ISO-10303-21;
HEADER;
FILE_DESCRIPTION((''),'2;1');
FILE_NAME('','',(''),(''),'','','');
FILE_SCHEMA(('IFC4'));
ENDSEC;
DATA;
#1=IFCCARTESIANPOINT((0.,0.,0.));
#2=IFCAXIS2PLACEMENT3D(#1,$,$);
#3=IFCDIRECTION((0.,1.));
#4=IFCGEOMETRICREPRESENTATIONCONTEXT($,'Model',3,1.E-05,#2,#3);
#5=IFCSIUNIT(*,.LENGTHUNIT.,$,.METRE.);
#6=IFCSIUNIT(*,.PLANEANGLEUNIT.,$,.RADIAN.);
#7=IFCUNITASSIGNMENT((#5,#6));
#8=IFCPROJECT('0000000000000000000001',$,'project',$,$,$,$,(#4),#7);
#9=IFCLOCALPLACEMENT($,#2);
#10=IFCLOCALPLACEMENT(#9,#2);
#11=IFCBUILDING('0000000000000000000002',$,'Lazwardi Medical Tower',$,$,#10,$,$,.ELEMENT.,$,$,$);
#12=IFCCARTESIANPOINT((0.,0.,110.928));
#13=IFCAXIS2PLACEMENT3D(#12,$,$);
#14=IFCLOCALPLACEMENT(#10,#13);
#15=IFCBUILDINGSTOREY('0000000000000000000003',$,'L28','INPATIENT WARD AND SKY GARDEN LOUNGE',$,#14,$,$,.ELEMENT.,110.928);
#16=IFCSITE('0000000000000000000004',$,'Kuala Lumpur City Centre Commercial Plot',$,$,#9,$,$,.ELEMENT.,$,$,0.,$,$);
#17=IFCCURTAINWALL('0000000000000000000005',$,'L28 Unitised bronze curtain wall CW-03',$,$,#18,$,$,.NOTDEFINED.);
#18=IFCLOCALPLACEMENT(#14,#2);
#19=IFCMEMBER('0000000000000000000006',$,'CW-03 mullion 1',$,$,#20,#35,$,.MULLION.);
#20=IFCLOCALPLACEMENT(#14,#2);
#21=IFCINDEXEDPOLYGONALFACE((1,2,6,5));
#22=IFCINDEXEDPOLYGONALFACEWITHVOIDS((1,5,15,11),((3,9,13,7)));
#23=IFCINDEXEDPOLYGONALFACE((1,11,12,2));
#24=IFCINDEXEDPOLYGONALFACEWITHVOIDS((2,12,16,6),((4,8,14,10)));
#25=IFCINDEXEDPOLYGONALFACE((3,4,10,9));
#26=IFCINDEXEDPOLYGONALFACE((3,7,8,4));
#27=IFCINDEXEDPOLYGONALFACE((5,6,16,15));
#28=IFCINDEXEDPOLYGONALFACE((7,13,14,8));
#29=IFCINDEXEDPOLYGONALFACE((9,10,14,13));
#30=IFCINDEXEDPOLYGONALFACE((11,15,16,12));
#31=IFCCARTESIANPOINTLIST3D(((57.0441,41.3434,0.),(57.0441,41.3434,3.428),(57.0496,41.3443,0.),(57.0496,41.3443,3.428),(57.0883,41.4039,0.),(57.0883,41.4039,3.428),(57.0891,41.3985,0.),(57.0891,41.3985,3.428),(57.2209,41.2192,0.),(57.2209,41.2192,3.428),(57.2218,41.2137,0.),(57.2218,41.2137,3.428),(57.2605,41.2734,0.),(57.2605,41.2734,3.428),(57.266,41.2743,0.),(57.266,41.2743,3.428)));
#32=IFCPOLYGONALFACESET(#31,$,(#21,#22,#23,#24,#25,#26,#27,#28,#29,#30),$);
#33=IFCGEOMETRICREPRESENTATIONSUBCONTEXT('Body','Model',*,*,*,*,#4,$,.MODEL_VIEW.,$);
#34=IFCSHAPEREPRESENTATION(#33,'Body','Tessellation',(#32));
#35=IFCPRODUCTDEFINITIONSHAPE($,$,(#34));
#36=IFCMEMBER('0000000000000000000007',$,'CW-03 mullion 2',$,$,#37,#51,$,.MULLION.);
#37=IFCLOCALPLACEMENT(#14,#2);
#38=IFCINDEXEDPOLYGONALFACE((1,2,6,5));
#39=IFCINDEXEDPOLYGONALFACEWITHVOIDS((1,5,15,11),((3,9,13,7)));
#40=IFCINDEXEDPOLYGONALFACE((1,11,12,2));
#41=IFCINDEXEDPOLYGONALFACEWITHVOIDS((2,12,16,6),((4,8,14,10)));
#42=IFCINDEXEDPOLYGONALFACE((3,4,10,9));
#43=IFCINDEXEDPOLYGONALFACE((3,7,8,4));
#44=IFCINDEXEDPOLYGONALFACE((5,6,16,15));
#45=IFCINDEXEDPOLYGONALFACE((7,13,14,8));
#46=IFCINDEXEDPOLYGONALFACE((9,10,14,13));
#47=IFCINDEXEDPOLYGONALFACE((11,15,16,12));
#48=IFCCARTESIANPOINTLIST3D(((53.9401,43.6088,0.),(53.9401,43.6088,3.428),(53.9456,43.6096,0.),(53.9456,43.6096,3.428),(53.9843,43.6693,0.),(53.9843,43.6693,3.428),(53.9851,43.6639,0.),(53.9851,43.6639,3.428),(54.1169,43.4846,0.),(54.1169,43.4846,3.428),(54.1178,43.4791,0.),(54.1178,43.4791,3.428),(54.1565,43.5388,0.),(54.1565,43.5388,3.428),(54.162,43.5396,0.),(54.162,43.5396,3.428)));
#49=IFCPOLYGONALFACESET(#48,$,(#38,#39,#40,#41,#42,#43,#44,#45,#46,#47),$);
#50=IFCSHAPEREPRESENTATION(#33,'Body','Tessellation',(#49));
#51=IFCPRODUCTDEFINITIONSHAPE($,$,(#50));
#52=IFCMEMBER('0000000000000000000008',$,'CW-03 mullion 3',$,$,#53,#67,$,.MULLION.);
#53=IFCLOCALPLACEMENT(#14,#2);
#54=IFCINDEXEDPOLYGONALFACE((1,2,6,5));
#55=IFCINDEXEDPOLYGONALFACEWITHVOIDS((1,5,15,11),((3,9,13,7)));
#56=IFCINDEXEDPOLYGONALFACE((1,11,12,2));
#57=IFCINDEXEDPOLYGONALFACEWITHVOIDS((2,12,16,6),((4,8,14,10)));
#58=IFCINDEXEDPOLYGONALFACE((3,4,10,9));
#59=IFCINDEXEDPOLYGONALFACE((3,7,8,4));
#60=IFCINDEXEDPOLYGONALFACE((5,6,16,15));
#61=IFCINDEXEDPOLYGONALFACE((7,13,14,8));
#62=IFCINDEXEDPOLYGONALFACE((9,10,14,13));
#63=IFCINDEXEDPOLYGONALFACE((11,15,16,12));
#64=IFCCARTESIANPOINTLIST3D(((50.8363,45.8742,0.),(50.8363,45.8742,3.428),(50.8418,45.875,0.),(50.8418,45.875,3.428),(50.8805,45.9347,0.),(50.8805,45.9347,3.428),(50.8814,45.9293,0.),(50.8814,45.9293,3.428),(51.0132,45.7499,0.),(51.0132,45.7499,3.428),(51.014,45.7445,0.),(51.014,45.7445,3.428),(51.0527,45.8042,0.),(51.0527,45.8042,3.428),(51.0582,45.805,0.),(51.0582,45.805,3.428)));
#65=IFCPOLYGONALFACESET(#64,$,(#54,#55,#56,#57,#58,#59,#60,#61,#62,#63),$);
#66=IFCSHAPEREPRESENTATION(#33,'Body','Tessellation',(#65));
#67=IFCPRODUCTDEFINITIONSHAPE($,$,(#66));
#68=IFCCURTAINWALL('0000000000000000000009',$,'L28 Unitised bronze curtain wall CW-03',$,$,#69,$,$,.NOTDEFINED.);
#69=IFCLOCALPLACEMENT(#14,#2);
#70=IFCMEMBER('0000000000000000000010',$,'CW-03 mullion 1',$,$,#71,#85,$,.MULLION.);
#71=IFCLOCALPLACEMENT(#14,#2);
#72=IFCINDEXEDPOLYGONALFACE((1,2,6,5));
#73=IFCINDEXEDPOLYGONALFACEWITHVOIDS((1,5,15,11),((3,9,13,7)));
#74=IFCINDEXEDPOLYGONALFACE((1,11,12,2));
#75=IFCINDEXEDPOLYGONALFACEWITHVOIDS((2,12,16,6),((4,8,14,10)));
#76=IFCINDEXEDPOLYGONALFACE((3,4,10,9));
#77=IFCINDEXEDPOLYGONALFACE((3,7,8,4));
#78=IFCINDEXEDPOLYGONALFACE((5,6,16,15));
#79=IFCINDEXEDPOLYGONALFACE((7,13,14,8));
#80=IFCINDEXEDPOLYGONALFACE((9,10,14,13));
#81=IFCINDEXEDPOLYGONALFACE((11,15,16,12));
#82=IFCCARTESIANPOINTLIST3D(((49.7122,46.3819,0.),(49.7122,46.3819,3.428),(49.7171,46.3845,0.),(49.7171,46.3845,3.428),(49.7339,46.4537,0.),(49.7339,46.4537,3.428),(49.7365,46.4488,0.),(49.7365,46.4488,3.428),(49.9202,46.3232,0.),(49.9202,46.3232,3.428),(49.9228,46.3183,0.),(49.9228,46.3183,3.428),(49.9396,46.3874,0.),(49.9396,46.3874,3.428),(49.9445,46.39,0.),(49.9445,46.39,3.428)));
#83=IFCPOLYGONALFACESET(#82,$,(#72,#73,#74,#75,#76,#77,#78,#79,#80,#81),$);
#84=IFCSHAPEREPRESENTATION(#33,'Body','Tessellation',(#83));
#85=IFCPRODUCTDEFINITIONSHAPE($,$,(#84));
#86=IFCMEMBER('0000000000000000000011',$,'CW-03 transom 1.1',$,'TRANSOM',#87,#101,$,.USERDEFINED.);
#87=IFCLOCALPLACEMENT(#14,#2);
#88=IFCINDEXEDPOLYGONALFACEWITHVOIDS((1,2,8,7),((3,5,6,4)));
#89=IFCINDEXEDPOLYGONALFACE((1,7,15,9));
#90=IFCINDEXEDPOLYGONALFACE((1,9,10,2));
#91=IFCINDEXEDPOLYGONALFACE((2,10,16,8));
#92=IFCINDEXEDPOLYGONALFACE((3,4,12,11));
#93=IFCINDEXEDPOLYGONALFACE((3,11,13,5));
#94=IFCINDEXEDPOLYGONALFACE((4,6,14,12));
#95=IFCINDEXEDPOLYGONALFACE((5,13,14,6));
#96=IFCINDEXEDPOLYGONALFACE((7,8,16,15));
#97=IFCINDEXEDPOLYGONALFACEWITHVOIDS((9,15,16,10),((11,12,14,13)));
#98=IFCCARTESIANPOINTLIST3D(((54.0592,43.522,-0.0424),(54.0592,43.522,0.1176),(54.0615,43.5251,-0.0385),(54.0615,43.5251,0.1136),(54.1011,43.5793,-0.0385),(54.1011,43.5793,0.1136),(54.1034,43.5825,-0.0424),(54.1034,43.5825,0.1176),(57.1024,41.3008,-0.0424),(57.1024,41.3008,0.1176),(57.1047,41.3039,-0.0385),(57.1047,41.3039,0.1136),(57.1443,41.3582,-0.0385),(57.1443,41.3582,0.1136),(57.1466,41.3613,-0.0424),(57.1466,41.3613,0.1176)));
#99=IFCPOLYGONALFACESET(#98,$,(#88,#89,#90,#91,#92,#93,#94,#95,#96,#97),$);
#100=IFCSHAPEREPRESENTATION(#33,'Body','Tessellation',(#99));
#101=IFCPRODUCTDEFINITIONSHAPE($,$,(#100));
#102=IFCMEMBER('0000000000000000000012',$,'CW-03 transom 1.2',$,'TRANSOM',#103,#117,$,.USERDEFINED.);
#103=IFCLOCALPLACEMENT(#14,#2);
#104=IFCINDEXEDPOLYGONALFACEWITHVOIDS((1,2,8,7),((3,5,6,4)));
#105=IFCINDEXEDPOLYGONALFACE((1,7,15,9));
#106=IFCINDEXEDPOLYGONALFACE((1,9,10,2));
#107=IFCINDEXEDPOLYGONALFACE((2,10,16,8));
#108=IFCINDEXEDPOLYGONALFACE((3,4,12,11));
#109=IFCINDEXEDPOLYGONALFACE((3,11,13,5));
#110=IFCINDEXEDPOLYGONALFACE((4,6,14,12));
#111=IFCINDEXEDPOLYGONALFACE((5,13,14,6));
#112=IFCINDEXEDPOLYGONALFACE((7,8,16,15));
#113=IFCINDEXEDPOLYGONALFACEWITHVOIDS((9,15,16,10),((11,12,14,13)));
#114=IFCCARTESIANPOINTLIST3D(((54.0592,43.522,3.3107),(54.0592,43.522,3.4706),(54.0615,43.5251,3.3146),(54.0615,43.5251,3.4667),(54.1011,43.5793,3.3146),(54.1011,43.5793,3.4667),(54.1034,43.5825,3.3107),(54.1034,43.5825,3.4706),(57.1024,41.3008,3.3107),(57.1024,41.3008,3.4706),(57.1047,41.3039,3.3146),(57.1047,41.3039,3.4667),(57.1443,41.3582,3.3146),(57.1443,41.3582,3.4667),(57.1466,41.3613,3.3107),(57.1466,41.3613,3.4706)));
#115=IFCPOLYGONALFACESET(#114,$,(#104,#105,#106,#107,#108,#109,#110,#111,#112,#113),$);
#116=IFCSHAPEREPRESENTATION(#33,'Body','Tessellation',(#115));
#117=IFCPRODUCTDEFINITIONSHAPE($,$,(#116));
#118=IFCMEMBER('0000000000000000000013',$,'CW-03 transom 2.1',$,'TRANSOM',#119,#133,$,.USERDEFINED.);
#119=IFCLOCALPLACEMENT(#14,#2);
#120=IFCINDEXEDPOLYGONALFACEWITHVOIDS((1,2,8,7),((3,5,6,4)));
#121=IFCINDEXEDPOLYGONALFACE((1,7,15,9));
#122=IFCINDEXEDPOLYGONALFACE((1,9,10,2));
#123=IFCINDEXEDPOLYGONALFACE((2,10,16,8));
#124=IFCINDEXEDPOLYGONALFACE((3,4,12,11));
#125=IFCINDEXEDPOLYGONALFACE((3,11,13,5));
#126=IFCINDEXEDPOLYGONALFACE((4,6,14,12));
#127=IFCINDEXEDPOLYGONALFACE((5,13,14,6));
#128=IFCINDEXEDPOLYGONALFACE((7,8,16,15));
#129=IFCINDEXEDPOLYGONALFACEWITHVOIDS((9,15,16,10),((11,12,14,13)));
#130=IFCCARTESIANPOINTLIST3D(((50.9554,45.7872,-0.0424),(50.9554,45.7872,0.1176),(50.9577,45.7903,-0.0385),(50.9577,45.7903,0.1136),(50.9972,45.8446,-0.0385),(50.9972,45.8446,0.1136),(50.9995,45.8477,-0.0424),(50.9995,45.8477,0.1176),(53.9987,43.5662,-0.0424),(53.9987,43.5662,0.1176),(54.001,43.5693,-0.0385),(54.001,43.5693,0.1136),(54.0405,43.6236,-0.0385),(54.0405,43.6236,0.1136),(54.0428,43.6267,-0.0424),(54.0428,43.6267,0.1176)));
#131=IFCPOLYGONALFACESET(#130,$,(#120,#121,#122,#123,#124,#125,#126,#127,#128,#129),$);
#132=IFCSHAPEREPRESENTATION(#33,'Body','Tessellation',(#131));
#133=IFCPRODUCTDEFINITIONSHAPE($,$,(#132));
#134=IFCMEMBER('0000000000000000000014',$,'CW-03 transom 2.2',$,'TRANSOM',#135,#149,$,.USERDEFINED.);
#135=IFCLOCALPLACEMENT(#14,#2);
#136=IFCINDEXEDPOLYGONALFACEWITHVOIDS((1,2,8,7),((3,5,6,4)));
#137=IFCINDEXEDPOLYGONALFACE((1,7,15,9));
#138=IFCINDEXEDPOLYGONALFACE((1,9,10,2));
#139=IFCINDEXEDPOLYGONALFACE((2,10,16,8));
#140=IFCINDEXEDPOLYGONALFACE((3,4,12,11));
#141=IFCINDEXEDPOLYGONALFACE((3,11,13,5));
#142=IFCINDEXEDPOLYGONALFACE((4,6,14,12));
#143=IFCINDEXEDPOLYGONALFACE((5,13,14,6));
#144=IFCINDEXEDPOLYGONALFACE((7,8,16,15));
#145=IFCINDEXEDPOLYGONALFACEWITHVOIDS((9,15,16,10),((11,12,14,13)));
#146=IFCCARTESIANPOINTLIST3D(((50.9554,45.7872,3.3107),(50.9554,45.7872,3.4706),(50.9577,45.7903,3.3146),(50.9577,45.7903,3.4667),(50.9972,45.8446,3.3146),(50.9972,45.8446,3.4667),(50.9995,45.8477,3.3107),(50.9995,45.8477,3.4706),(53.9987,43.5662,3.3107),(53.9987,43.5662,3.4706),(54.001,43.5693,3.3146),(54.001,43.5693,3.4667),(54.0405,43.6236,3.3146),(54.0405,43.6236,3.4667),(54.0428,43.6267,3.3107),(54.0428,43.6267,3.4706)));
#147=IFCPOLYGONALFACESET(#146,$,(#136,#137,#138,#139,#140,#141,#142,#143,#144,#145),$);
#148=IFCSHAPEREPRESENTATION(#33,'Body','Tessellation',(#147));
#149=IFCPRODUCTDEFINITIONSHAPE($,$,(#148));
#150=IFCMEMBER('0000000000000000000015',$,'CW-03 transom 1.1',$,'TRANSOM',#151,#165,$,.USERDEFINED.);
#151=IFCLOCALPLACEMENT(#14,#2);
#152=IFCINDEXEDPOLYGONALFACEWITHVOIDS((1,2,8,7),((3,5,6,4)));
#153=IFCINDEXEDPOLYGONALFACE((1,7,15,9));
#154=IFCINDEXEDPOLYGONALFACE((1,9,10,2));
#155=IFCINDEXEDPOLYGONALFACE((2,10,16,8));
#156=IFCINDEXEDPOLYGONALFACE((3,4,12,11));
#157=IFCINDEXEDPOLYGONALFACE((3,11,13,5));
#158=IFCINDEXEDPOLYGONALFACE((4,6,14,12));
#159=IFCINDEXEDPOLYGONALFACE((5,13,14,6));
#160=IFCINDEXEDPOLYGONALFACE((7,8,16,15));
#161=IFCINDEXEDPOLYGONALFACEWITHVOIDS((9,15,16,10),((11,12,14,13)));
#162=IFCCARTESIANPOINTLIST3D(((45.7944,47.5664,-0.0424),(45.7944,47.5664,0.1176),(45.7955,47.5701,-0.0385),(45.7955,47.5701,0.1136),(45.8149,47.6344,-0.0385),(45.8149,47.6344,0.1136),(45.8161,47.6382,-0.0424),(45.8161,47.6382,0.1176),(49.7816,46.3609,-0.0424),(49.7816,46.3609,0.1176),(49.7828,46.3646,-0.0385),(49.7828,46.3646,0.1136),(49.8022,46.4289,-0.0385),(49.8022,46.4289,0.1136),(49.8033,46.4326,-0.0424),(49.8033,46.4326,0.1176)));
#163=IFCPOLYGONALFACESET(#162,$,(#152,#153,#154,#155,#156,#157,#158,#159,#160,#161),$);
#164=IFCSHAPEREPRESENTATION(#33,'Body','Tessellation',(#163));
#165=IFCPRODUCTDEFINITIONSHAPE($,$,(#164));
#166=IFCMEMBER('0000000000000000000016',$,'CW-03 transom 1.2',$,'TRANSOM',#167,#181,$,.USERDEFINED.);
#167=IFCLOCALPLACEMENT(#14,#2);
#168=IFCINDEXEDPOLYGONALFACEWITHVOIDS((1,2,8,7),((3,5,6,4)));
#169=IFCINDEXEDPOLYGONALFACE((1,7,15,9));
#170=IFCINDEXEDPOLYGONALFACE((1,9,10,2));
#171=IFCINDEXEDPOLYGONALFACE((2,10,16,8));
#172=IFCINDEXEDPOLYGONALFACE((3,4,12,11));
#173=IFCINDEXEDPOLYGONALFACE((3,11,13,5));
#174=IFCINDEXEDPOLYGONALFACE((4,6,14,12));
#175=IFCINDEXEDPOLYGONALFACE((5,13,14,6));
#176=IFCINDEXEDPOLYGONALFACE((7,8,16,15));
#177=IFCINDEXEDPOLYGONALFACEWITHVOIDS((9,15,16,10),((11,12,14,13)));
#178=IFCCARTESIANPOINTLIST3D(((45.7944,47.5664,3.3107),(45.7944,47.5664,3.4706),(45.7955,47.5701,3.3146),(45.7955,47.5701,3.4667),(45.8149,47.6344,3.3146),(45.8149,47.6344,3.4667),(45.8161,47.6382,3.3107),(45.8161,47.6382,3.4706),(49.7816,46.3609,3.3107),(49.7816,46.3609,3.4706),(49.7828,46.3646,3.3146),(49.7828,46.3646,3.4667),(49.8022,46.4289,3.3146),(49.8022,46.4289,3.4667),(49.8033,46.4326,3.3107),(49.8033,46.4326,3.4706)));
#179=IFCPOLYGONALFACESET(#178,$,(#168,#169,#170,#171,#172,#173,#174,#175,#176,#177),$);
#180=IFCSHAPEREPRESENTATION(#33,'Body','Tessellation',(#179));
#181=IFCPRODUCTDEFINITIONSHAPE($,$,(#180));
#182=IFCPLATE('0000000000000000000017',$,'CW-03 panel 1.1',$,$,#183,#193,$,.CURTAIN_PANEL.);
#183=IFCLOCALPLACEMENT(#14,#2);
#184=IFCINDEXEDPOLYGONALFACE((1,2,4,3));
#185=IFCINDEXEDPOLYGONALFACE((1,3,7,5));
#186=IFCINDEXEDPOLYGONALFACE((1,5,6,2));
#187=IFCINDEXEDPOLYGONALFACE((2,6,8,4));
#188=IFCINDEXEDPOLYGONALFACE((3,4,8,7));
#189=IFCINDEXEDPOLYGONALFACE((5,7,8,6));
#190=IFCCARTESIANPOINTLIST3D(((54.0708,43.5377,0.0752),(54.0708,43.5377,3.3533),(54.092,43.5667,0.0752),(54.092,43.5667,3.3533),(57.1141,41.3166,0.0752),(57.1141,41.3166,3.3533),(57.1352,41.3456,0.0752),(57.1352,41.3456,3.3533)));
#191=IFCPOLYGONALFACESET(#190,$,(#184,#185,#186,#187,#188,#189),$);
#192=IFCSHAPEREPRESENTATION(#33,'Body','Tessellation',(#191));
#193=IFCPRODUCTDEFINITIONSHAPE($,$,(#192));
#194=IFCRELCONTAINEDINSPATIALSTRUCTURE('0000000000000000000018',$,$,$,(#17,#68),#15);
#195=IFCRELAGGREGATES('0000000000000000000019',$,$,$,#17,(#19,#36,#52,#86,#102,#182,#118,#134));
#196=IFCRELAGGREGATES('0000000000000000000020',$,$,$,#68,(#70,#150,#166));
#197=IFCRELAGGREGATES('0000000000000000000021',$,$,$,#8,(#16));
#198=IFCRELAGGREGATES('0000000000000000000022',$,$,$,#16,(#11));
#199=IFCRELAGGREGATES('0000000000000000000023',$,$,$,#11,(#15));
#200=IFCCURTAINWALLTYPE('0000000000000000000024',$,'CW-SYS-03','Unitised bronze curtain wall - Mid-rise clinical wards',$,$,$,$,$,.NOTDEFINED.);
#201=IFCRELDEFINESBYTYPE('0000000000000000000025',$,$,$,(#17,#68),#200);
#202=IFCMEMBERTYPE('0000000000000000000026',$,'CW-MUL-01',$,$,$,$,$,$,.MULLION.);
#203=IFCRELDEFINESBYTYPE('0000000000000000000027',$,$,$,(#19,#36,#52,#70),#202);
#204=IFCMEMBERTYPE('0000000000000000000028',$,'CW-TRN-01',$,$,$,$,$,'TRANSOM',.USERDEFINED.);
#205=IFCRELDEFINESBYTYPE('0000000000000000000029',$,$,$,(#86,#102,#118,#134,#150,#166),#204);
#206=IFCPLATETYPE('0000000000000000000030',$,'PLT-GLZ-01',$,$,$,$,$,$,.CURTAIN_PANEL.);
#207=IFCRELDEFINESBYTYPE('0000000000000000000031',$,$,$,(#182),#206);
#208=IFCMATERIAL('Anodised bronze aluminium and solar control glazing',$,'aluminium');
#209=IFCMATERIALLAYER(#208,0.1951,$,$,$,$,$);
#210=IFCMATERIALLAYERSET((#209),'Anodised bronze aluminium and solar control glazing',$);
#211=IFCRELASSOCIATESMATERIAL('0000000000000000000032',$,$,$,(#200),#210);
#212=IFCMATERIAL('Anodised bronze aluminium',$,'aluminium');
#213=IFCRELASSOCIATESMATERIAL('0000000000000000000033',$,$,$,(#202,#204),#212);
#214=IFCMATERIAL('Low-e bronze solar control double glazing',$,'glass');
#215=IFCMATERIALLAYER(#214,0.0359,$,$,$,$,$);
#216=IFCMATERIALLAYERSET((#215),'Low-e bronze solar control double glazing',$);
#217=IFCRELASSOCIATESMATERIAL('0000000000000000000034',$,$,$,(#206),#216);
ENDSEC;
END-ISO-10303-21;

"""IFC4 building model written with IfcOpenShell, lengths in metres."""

from ifc_helpers import new_model, si_unit, direction, frame, origin, origin_2d, place, context, subcontext, project, spatial, rectangle, hollow_rectangle, extrude, material, layer, layer_set, material_profile, profile_set, type_object, element, aggregate, save


model = new_model("IFC4")

# Units and contexts
model_context = context("Model", 3, precision=1e-05, world=origin(), true_north=direction((0.0, 1.0)))
body_context = subcontext(model_context, "Body", "Model", "MODEL_VIEW")
ifc_project = project(units=[si_unit("LENGTHUNIT", "METRE"), si_unit("PLANEANGLEUNIT", "RADIAN")], contexts=[model_context])

# Site, building, storey
site_placement = place(None, origin())
site = spatial("IfcSite", under=ifc_project, at=site_placement, Name="Kuala Lumpur City Centre Commercial Plot", CompositionType="ELEMENT", RefElevation=0.0)
building_placement = place(site_placement, origin())
building = spatial("IfcBuilding", under=site, at=building_placement, Name="Lazwardi Medical Tower", CompositionType="ELEMENT")
storey_placement = place(building_placement, frame((0.0, 0.0, 110.928)))
storey = spatial("IfcBuildingStorey", under=building, at=storey_placement, Name="L28", Description="INPATIENT WARD AND SKY GARDEN LOUNGE", CompositionType="ELEMENT", Elevation=110.928)

# Shared definitions
ifc_material_1 = material(Name="Anodised bronze aluminium and solar control glazing", Category="aluminium")
ifc_layer_1 = layer(ifc_material_1, 0.1951)
ifc_layer_set_1 = layer_set([ifc_layer_1], Name="Anodised bronze aluminium and solar control glazing")
curtain_wall_type = type_object("IfcCurtainWallType", Name="CW-SYS-03", Description="Unitised bronze curtain wall - Mid-rise clinical wards", PredefinedType="NOTDEFINED", material=ifc_layer_set_1)
ifc_material_2 = material(Name="Anodised bronze aluminium", Category="aluminium")
ifc_material_profile_1 = material_profile(ifc_material_2, hollow_rectangle(XDim=0.075, YDim=0.22, WallThickness=0.0039, at=origin_2d()), Name="ALU-MULLION 220x75x4")
ifc_profile_set_1 = profile_set([ifc_material_profile_1], Name="Anodised bronze aluminium")
member_type_1 = type_object("IfcMemberType", Name="CW-MUL-01", PredefinedType="MULLION", material=ifc_profile_set_1)

# Curtain wall, members
curtain_wall_1_placement = place(storey_placement, origin())
curtain_wall_1 = element("IfcCurtainWall", 1, at=curtain_wall_1_placement, inside=storey, type_object=curtain_wall_type, Name="L28 Unitised bronze curtain wall CW-03", PredefinedType="NOTDEFINED")
member_1_placement = place(storey_placement, frame((57.155, 41.3088, 0.0), z_axis=(0.0, 0.0, 1.0), x_axis=(-0.589531, -0.807746, 0.0)))
member_1 = element("IfcMember", 2, at=member_1_placement, type_object=member_type_1, Name="CW-03 mullion 1", PredefinedType="MULLION", context=body_context, shape_type="SweptSolid", body=[
    extrude(hollow_rectangle(XDim=0.075, YDim=0.22, WallThickness=0.0039, at=origin_2d()), origin(), (0.0, 0.0, 1.0), 3.428),
])
member_2_placement = place(storey_placement, frame((54.051, 43.5742, 0.0), z_axis=(0.0, 0.0, 1.0), x_axis=(-0.589531, -0.807746, 0.0)))
member_2 = element("IfcMember", 3, at=member_2_placement, type_object=member_type_1, Name="CW-03 mullion 2", PredefinedType="MULLION", context=body_context, shape_type="SweptSolid", body=[
    extrude(hollow_rectangle(XDim=0.075, YDim=0.22, WallThickness=0.0039, at=origin_2d()), origin(), (0.0, 0.0, 1.0), 3.428),
])
member_3_placement = place(storey_placement, frame((50.9473, 45.8396, 0.0), z_axis=(0.0, 0.0, 1.0), x_axis=(-0.589531, -0.807746, 0.0)))
member_3 = element("IfcMember", 4, at=member_3_placement, type_object=member_type_1, Name="CW-03 mullion 3", PredefinedType="MULLION", context=body_context, shape_type="SweptSolid", body=[
    extrude(hollow_rectangle(XDim=0.075, YDim=0.22, WallThickness=0.0039, at=origin_2d()), origin(), (0.0, 0.0, 1.0), 3.428),
])

# Curtain wall, member
curtain_wall_2_placement = place(storey_placement, origin())
curtain_wall_2 = element("IfcCurtainWall", 5, at=curtain_wall_2_placement, inside=storey, type_object=curtain_wall_type, Name="L28 Unitised bronze curtain wall CW-03", PredefinedType="NOTDEFINED")
member_4_placement = place(storey_placement, frame((49.8284, 46.386, 0.0), z_axis=(0.0, 0.0, 1.0), x_axis=(-0.289374, -0.957216, 0.0)))
member_4 = element("IfcMember", 6, at=member_4_placement, type_object=member_type_1, Name="CW-03 mullion 1", PredefinedType="MULLION", context=body_context, shape_type="SweptSolid", body=[
    extrude(hollow_rectangle(XDim=0.075, YDim=0.22, WallThickness=0.0039, at=origin_2d()), origin(), (0.0, 0.0, 1.0), 3.428),
])

# Members
ifc_material_profile_2 = material_profile(ifc_material_2, hollow_rectangle(XDim=0.075, YDim=0.1599, WallThickness=0.0039, at=origin_2d()), Name="ALU-TRANSOM 160x75x4")
ifc_profile_set_2 = profile_set([ifc_material_profile_2], Name="Anodised bronze aluminium")
member_type_2 = type_object("IfcMemberType", Name="CW-TRN-01", ElementType="TRANSOM", PredefinedType="USERDEFINED", material=ifc_profile_set_2)
member_5_placement = place(storey_placement, frame((57.1245, 41.3311, 0.0376), z_axis=(-0.807732, 0.58955, 0.0), x_axis=(-0.58955, -0.807732, 0.0)))
member_5 = element("IfcMember", 7, at=member_5_placement, type_object=member_type_2, Name="CW-03 transom 1.1", ObjectType="TRANSOM", PredefinedType="USERDEFINED", context=body_context, shape_type="SweptSolid", body=[
    extrude(hollow_rectangle(XDim=0.075, YDim=0.1599, WallThickness=0.0039, at=origin_2d()), origin(), (0.0, 0.0, 1.0), 3.7676),
])
member_6_placement = place(storey_placement, frame((57.1245, 41.3311, 3.3906), z_axis=(-0.807732, 0.58955, 0.0), x_axis=(-0.58955, -0.807732, 0.0)))
member_6 = element("IfcMember", 8, at=member_6_placement, type_object=member_type_2, Name="CW-03 transom 1.2", ObjectType="TRANSOM", PredefinedType="USERDEFINED", context=body_context, shape_type="SweptSolid", body=[
    extrude(hollow_rectangle(XDim=0.075, YDim=0.1599, WallThickness=0.0039, at=origin_2d()), origin(), (0.0, 0.0, 1.0), 3.7676),
])
member_7_placement = place(storey_placement, frame((54.0208, 43.5964, 0.0376), z_axis=(-0.807763, 0.589508, 0.0), x_axis=(-0.589508, -0.807763, 0.0)))
member_7 = element("IfcMember", 9, at=member_7_placement, type_object=member_type_2, Name="CW-03 transom 2.1", ObjectType="TRANSOM", PredefinedType="USERDEFINED", context=body_context, shape_type="SweptSolid", body=[
    extrude(hollow_rectangle(XDim=0.075, YDim=0.1599, WallThickness=0.0039, at=origin_2d()), origin(), (0.0, 0.0, 1.0), 3.7676),
])
member_8_placement = place(storey_placement, frame((54.0208, 43.5964, 3.3906), z_axis=(-0.807763, 0.589508, 0.0), x_axis=(-0.589508, -0.807763, 0.0)))
member_8 = element("IfcMember", 10, at=member_8_placement, type_object=member_type_2, Name="CW-03 transom 2.2", ObjectType="TRANSOM", PredefinedType="USERDEFINED", context=body_context, shape_type="SweptSolid", body=[
    extrude(hollow_rectangle(XDim=0.075, YDim=0.1599, WallThickness=0.0039, at=origin_2d()), origin(), (0.0, 0.0, 1.0), 3.7676),
])
member_9_placement = place(storey_placement, frame((49.7925, 46.3967, 0.0376), z_axis=(-0.957205, 0.289412, 0.0), x_axis=(-0.289412, -0.957205, 0.0)))
member_9 = element("IfcMember", 11, at=member_9_placement, type_object=member_type_2, Name="CW-03 transom 1.1", ObjectType="TRANSOM", PredefinedType="USERDEFINED", context=body_context, shape_type="SweptSolid", body=[
    extrude(hollow_rectangle(XDim=0.075, YDim=0.1599, WallThickness=0.0039, at=origin_2d()), origin(), (0.0, 0.0, 1.0), 4.1655),
])
member_10_placement = place(storey_placement, frame((49.7925, 46.3967, 3.3906), z_axis=(-0.957205, 0.289412, 0.0), x_axis=(-0.289412, -0.957205, 0.0)))
member_10 = element("IfcMember", 12, at=member_10_placement, type_object=member_type_2, Name="CW-03 transom 1.2", ObjectType="TRANSOM", PredefinedType="USERDEFINED", context=body_context, shape_type="SweptSolid", body=[
    extrude(hollow_rectangle(XDim=0.075, YDim=0.1599, WallThickness=0.0039, at=origin_2d()), origin(), (0.0, 0.0, 1.0), 4.1655),
])

# Plate
ifc_material_3 = material(Name="Low-e bronze solar control double glazing", Category="glass")
ifc_layer_2 = layer(ifc_material_3, 0.0359)
ifc_layer_set_2 = layer_set([ifc_layer_2], Name="Low-e bronze solar control double glazing")
plate_type = type_object("IfcPlateType", Name="PLT-GLZ-01", PredefinedType="CURTAIN_PANEL", material=ifc_layer_set_2)
plate_1_placement = place(storey_placement, frame((55.603, 42.4417, 0.0752), z_axis=(0.0, 0.0, 1.0), x_axis=(-0.807746, 0.589531, 0.0)))
plate_1 = element("IfcPlate", 13, at=plate_1_placement, type_object=plate_type, Name="CW-03 panel 1.1", PredefinedType="CURTAIN_PANEL", context=body_context, shape_type="SweptSolid", body=[
    extrude(rectangle(XDim=3.7676, YDim=0.0359, at=origin_2d()), origin(), (0.0, 0.0, 1.0), 3.2781),
])
aggregate(curtain_wall_1, [member_1, member_2, member_3, member_5, member_6, plate_1, member_7, member_8])
aggregate(curtain_wall_2, [member_4, member_9, member_10])

save(model, "model.ifc")
